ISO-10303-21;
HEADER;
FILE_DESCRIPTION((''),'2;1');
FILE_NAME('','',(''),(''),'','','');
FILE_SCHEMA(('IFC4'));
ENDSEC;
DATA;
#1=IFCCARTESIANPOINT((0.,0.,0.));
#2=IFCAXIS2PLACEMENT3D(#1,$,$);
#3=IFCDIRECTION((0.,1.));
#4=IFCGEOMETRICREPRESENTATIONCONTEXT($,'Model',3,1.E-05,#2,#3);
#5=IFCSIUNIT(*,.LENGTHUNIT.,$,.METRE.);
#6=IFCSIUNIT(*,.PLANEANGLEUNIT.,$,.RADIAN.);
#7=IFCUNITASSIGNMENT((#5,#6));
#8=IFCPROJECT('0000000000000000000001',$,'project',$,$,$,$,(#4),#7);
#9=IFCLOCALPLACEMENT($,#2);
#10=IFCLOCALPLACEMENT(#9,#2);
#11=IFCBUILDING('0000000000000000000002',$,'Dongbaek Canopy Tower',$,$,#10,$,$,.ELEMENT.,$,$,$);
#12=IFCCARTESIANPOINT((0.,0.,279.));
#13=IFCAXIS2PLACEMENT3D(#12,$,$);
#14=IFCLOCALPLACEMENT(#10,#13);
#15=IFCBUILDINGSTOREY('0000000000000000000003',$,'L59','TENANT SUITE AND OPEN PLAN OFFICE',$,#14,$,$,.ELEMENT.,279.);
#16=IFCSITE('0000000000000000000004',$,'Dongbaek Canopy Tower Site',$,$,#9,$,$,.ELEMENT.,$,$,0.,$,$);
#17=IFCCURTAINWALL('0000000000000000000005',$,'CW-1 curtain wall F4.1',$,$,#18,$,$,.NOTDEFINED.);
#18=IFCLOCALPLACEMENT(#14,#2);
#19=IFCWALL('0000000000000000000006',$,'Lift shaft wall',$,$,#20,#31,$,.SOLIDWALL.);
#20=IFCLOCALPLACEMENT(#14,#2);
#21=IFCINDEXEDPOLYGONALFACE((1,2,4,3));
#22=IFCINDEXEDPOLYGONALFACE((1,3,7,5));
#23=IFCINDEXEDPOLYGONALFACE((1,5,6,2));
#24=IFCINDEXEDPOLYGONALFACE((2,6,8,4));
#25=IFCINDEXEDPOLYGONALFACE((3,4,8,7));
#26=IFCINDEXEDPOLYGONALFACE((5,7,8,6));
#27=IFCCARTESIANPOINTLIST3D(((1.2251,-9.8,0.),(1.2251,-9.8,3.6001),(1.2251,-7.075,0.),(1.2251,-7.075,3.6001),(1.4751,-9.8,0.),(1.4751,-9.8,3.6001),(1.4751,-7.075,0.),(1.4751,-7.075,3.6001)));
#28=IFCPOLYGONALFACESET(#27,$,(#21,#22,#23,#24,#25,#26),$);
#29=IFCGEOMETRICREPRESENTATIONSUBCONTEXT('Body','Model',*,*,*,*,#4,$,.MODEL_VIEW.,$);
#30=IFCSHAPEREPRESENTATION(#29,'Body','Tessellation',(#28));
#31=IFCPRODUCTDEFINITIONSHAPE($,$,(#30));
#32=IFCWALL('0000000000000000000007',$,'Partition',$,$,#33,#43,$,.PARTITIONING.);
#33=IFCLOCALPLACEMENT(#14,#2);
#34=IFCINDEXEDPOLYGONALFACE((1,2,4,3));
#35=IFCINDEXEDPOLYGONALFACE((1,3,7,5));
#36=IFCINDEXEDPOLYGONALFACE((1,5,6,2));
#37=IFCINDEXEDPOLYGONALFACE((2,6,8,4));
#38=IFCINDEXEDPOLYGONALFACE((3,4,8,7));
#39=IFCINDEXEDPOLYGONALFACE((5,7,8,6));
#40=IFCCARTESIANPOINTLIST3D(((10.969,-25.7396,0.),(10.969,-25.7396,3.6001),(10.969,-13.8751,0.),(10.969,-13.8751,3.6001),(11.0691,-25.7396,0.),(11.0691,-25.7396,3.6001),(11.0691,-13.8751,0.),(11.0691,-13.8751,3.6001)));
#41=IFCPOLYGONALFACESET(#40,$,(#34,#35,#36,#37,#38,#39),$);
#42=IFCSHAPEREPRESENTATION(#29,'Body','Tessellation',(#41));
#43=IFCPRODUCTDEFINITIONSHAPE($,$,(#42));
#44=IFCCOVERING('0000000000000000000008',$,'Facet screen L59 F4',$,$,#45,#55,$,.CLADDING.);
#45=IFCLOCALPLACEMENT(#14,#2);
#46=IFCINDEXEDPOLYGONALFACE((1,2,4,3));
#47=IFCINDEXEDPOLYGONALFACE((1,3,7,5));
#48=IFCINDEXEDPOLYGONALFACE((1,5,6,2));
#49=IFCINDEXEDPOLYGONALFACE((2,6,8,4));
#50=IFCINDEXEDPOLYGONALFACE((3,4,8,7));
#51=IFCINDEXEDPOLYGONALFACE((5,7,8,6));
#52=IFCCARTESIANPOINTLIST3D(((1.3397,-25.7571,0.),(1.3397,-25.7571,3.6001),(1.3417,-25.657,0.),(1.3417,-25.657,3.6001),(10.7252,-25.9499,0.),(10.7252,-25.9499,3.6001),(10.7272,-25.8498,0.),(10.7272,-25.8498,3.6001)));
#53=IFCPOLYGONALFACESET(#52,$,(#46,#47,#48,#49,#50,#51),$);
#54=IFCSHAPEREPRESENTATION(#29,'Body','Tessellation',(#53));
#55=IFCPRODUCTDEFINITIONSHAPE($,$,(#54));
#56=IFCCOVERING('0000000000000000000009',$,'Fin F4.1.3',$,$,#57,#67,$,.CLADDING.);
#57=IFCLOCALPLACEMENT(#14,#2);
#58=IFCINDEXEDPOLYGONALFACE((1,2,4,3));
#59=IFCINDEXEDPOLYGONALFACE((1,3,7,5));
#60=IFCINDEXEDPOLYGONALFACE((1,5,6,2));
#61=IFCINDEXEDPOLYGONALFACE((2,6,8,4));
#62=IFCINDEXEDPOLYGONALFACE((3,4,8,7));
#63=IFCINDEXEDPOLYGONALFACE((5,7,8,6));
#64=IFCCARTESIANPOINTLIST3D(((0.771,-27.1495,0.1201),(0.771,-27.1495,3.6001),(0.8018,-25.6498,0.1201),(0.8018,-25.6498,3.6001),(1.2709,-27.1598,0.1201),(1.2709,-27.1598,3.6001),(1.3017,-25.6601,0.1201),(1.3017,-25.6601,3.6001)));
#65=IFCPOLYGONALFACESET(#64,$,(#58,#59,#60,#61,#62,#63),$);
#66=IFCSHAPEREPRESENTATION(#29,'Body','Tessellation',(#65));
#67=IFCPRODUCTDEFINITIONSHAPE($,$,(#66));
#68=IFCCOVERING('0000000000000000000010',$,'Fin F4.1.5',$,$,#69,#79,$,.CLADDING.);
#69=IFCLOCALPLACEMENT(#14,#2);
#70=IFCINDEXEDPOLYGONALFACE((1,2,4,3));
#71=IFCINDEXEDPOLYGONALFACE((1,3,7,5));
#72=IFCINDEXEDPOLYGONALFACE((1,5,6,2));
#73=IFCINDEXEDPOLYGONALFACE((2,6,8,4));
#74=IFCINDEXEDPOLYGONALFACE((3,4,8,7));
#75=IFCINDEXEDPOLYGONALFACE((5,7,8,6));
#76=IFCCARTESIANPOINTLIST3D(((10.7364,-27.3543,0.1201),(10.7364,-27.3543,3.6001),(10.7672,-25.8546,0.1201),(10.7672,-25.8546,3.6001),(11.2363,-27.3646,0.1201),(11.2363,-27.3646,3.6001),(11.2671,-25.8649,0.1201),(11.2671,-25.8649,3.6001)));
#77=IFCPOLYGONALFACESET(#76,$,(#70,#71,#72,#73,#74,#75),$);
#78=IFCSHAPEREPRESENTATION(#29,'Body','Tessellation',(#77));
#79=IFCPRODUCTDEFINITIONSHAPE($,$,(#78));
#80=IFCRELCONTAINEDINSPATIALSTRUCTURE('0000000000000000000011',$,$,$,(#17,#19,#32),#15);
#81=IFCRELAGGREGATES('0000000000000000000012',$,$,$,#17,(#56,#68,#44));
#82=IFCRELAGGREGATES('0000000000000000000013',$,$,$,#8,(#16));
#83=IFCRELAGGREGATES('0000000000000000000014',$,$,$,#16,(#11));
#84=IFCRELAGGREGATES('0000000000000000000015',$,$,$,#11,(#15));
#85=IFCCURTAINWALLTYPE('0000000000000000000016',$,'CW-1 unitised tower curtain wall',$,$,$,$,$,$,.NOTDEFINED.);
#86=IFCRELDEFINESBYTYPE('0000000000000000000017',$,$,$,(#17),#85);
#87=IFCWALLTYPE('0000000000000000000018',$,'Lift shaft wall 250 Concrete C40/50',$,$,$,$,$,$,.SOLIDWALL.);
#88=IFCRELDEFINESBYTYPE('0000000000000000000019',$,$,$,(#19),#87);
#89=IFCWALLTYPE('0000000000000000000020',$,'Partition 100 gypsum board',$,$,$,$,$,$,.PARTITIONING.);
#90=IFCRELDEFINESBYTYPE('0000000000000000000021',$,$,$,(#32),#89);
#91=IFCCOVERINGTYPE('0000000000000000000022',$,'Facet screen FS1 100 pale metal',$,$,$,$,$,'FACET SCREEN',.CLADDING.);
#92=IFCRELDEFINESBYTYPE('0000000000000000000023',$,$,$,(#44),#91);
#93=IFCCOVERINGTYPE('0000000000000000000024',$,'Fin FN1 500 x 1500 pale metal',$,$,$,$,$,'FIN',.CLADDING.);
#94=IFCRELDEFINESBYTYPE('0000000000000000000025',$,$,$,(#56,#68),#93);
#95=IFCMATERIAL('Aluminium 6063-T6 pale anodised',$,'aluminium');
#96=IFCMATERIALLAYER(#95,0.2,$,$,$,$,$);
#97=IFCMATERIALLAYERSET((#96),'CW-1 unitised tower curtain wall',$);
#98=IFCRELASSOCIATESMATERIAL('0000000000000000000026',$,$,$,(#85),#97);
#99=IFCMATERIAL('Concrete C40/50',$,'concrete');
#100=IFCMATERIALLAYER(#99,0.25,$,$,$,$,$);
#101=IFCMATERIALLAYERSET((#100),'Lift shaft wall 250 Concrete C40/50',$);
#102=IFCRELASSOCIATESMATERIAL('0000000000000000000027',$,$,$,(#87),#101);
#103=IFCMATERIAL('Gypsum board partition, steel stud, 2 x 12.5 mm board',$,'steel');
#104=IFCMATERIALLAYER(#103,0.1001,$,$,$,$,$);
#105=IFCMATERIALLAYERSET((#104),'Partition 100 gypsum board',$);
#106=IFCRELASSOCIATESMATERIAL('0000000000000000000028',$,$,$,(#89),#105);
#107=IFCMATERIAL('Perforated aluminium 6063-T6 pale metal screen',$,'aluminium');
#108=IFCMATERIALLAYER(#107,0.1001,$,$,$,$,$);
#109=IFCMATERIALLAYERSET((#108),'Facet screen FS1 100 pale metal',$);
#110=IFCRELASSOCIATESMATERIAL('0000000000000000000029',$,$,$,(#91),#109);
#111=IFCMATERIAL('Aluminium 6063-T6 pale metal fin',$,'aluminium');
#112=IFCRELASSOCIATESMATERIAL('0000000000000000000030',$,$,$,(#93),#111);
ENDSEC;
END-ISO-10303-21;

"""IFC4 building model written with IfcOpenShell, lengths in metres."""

from ifc_helpers import new_model, si_unit, direction, frame, frame_2d, origin, origin_2d, place, context, subcontext, project, spatial, rectangle, extrude, material, layer, layer_set, material_profile, profile_set, type_object, element, aggregate, save


model = new_model("IFC4")

# Units and contexts
model_context = context("Model", 3, precision=1e-05, world=origin(), true_north=direction((0.0, 1.0)))
body_context = subcontext(model_context, "Body", "Model", "MODEL_VIEW")
ifc_project = project(units=[si_unit("LENGTHUNIT", "METRE"), si_unit("PLANEANGLEUNIT", "RADIAN")], contexts=[model_context])

# Site, building, storey
site_placement = place(None, origin())
site = spatial("IfcSite", under=ifc_project, at=site_placement, Name="Dongbaek Canopy Tower Site", CompositionType="ELEMENT", RefElevation=0.0)
building_placement = place(site_placement, origin())
building = spatial("IfcBuilding", under=site, at=building_placement, Name="Dongbaek Canopy Tower", CompositionType="ELEMENT")
storey_placement = place(building_placement, frame((0.0, 0.0, 279.0)))
storey = spatial("IfcBuildingStorey", under=building, at=storey_placement, Name="L59", Description="TENANT SUITE AND OPEN PLAN OFFICE", CompositionType="ELEMENT", Elevation=279.0)

# Curtain wall
ifc_material_1 = material(Name="Aluminium 6063-T6 pale anodised", Category="aluminium")
ifc_layer_1 = layer(ifc_material_1, 0.2)
ifc_layer_set_1 = layer_set([ifc_layer_1], Name="CW-1 unitised tower curtain wall")
curtain_wall_type = type_object("IfcCurtainWallType", Name="CW-1 unitised tower curtain wall", PredefinedType="NOTDEFINED", material=ifc_layer_set_1)
curtain_wall_1_placement = place(storey_placement, origin())
curtain_wall_1 = element("IfcCurtainWall", 1, at=curtain_wall_1_placement, inside=storey, type_object=curtain_wall_type, Name="CW-1 curtain wall F4.1", PredefinedType="NOTDEFINED")

# Walls
ifc_material_2 = material(Name="Concrete C40/50", Category="concrete")
ifc_layer_2 = layer(ifc_material_2, 0.25)
ifc_layer_set_2 = layer_set([ifc_layer_2], Name="Lift shaft wall 250 Concrete C40/50")
wall_type_1 = type_object("IfcWallType", Name="Lift shaft wall 250 Concrete C40/50", PredefinedType="SOLIDWALL", material=ifc_layer_set_2)
for number, where, z_axis, x_axis, name in (
    (2, (1.3501, -9.8, 0.0), (0.0, 0.0, 1.0), (0.0, 1.0, 0.0), "Lift shaft wall"),
):
    element("IfcWall", number, at=place(storey_placement, frame(where, z_axis=z_axis, x_axis=x_axis)), inside=storey, type_object=wall_type_1, Name=name, PredefinedType="SOLIDWALL", context=body_context, shape_type="SweptSolid", body=[
        extrude(rectangle(XDim=2.7251, YDim=0.25, at=frame_2d((1.3625, 0.0))), origin(), (0.0, 0.0, 1.0), 3.6001),
    ])
ifc_material_3 = material(Name="Gypsum board partition, steel stud, 2 x 12.5 mm board", Category="steel")
ifc_layer_3 = layer(ifc_material_3, 0.1001)
ifc_layer_set_3 = layer_set([ifc_layer_3], Name="Partition 100 gypsum board")
wall_type_2 = type_object("IfcWallType", Name="Partition 100 gypsum board", PredefinedType="PARTITIONING", material=ifc_layer_set_3)
wall_1_placement = place(storey_placement, frame((11.019, -25.7395, 0.0), z_axis=(0.0, 0.0, 1.0), x_axis=(0.0, 1.0, 0.0)))
element("IfcWall", 3, at=wall_1_placement, inside=storey, type_object=wall_type_2, Name="Partition", PredefinedType="PARTITIONING", context=body_context, shape_type="SweptSolid", body=[
    extrude(rectangle(XDim=11.8645, YDim=0.1001, at=frame_2d((5.9321, 0.0))), origin(), (0.0, 0.0, 1.0), 3.6001),
])

# Coverings
ifc_material_4 = material(Name="Perforated aluminium 6063-T6 pale metal screen", Category="aluminium")
ifc_layer_4 = layer(ifc_material_4, 0.1001)
ifc_layer_set_4 = layer_set([ifc_layer_4], Name="Facet screen FS1 100 pale metal")
covering_type_1 = type_object("IfcCoveringType", Name="Facet screen FS1 100 pale metal", ElementType="FACET SCREEN", PredefinedType="CLADDING", material=ifc_layer_set_4)
covering_1_placement = place(storey_placement, frame((6.0334, -25.8035, 0.0), z_axis=(0.0, 0.0, 1.0), x_axis=(0.999789, -0.020538, 0.0)))
covering_1 = element("IfcCovering", 4, at=covering_1_placement, type_object=covering_type_1, Name="Facet screen L59 F4", PredefinedType="CLADDING", context=body_context, shape_type="SweptSolid", body=[
    extrude(rectangle(XDim=9.3875, YDim=0.1001, at=origin_2d()), origin(), (0.0, 0.0, 1.0), 3.6001),
])
ifc_material_5 = material(Name="Aluminium 6063-T6 pale metal fin", Category="aluminium")
ifc_material_profile_1 = material_profile(ifc_material_5, rectangle(XDim=1.5, YDim=0.5, at=origin_2d()), Name="Fin FN1 500 x 1500 pale metal")
ifc_profile_set_1 = profile_set([ifc_material_profile_1], Name="Aluminium 6063-T6 pale metal fin")
covering_type_2 = type_object("IfcCoveringType", Name="Fin FN1 500 x 1500 pale metal", ElementType="FIN", PredefinedType="CLADDING", material=ifc_profile_set_1)
covering_2_placement = place(storey_placement, frame((1.0364, -26.4048, 0.1201), z_axis=(0.0, 0.0, 1.0), x_axis=(-0.020537, -0.999789, 0.0)))
covering_2 = element("IfcCovering", 5, at=covering_2_placement, type_object=covering_type_2, Name="Fin F4.1.3", PredefinedType="CLADDING", context=body_context, shape_type="SweptSolid", body=[
    extrude(rectangle(XDim=1.5, YDim=0.5, at=origin_2d()), origin(), (0.0, 0.0, 1.0), 3.48),
])
covering_3_placement = place(storey_placement, frame((11.0017, -26.6096, 0.1201), z_axis=(0.0, 0.0, 1.0), x_axis=(-0.020537, -0.999789, 0.0)))
covering_3 = element("IfcCovering", 6, at=covering_3_placement, type_object=covering_type_2, Name="Fin F4.1.5", PredefinedType="CLADDING", context=body_context, shape_type="SweptSolid", body=[
    extrude(rectangle(XDim=1.5, YDim=0.5, at=origin_2d()), origin(), (0.0, 0.0, 1.0), 3.48),
])
aggregate(curtain_wall_1, [covering_2, covering_3, covering_1])

save(model, "model.ifc")
